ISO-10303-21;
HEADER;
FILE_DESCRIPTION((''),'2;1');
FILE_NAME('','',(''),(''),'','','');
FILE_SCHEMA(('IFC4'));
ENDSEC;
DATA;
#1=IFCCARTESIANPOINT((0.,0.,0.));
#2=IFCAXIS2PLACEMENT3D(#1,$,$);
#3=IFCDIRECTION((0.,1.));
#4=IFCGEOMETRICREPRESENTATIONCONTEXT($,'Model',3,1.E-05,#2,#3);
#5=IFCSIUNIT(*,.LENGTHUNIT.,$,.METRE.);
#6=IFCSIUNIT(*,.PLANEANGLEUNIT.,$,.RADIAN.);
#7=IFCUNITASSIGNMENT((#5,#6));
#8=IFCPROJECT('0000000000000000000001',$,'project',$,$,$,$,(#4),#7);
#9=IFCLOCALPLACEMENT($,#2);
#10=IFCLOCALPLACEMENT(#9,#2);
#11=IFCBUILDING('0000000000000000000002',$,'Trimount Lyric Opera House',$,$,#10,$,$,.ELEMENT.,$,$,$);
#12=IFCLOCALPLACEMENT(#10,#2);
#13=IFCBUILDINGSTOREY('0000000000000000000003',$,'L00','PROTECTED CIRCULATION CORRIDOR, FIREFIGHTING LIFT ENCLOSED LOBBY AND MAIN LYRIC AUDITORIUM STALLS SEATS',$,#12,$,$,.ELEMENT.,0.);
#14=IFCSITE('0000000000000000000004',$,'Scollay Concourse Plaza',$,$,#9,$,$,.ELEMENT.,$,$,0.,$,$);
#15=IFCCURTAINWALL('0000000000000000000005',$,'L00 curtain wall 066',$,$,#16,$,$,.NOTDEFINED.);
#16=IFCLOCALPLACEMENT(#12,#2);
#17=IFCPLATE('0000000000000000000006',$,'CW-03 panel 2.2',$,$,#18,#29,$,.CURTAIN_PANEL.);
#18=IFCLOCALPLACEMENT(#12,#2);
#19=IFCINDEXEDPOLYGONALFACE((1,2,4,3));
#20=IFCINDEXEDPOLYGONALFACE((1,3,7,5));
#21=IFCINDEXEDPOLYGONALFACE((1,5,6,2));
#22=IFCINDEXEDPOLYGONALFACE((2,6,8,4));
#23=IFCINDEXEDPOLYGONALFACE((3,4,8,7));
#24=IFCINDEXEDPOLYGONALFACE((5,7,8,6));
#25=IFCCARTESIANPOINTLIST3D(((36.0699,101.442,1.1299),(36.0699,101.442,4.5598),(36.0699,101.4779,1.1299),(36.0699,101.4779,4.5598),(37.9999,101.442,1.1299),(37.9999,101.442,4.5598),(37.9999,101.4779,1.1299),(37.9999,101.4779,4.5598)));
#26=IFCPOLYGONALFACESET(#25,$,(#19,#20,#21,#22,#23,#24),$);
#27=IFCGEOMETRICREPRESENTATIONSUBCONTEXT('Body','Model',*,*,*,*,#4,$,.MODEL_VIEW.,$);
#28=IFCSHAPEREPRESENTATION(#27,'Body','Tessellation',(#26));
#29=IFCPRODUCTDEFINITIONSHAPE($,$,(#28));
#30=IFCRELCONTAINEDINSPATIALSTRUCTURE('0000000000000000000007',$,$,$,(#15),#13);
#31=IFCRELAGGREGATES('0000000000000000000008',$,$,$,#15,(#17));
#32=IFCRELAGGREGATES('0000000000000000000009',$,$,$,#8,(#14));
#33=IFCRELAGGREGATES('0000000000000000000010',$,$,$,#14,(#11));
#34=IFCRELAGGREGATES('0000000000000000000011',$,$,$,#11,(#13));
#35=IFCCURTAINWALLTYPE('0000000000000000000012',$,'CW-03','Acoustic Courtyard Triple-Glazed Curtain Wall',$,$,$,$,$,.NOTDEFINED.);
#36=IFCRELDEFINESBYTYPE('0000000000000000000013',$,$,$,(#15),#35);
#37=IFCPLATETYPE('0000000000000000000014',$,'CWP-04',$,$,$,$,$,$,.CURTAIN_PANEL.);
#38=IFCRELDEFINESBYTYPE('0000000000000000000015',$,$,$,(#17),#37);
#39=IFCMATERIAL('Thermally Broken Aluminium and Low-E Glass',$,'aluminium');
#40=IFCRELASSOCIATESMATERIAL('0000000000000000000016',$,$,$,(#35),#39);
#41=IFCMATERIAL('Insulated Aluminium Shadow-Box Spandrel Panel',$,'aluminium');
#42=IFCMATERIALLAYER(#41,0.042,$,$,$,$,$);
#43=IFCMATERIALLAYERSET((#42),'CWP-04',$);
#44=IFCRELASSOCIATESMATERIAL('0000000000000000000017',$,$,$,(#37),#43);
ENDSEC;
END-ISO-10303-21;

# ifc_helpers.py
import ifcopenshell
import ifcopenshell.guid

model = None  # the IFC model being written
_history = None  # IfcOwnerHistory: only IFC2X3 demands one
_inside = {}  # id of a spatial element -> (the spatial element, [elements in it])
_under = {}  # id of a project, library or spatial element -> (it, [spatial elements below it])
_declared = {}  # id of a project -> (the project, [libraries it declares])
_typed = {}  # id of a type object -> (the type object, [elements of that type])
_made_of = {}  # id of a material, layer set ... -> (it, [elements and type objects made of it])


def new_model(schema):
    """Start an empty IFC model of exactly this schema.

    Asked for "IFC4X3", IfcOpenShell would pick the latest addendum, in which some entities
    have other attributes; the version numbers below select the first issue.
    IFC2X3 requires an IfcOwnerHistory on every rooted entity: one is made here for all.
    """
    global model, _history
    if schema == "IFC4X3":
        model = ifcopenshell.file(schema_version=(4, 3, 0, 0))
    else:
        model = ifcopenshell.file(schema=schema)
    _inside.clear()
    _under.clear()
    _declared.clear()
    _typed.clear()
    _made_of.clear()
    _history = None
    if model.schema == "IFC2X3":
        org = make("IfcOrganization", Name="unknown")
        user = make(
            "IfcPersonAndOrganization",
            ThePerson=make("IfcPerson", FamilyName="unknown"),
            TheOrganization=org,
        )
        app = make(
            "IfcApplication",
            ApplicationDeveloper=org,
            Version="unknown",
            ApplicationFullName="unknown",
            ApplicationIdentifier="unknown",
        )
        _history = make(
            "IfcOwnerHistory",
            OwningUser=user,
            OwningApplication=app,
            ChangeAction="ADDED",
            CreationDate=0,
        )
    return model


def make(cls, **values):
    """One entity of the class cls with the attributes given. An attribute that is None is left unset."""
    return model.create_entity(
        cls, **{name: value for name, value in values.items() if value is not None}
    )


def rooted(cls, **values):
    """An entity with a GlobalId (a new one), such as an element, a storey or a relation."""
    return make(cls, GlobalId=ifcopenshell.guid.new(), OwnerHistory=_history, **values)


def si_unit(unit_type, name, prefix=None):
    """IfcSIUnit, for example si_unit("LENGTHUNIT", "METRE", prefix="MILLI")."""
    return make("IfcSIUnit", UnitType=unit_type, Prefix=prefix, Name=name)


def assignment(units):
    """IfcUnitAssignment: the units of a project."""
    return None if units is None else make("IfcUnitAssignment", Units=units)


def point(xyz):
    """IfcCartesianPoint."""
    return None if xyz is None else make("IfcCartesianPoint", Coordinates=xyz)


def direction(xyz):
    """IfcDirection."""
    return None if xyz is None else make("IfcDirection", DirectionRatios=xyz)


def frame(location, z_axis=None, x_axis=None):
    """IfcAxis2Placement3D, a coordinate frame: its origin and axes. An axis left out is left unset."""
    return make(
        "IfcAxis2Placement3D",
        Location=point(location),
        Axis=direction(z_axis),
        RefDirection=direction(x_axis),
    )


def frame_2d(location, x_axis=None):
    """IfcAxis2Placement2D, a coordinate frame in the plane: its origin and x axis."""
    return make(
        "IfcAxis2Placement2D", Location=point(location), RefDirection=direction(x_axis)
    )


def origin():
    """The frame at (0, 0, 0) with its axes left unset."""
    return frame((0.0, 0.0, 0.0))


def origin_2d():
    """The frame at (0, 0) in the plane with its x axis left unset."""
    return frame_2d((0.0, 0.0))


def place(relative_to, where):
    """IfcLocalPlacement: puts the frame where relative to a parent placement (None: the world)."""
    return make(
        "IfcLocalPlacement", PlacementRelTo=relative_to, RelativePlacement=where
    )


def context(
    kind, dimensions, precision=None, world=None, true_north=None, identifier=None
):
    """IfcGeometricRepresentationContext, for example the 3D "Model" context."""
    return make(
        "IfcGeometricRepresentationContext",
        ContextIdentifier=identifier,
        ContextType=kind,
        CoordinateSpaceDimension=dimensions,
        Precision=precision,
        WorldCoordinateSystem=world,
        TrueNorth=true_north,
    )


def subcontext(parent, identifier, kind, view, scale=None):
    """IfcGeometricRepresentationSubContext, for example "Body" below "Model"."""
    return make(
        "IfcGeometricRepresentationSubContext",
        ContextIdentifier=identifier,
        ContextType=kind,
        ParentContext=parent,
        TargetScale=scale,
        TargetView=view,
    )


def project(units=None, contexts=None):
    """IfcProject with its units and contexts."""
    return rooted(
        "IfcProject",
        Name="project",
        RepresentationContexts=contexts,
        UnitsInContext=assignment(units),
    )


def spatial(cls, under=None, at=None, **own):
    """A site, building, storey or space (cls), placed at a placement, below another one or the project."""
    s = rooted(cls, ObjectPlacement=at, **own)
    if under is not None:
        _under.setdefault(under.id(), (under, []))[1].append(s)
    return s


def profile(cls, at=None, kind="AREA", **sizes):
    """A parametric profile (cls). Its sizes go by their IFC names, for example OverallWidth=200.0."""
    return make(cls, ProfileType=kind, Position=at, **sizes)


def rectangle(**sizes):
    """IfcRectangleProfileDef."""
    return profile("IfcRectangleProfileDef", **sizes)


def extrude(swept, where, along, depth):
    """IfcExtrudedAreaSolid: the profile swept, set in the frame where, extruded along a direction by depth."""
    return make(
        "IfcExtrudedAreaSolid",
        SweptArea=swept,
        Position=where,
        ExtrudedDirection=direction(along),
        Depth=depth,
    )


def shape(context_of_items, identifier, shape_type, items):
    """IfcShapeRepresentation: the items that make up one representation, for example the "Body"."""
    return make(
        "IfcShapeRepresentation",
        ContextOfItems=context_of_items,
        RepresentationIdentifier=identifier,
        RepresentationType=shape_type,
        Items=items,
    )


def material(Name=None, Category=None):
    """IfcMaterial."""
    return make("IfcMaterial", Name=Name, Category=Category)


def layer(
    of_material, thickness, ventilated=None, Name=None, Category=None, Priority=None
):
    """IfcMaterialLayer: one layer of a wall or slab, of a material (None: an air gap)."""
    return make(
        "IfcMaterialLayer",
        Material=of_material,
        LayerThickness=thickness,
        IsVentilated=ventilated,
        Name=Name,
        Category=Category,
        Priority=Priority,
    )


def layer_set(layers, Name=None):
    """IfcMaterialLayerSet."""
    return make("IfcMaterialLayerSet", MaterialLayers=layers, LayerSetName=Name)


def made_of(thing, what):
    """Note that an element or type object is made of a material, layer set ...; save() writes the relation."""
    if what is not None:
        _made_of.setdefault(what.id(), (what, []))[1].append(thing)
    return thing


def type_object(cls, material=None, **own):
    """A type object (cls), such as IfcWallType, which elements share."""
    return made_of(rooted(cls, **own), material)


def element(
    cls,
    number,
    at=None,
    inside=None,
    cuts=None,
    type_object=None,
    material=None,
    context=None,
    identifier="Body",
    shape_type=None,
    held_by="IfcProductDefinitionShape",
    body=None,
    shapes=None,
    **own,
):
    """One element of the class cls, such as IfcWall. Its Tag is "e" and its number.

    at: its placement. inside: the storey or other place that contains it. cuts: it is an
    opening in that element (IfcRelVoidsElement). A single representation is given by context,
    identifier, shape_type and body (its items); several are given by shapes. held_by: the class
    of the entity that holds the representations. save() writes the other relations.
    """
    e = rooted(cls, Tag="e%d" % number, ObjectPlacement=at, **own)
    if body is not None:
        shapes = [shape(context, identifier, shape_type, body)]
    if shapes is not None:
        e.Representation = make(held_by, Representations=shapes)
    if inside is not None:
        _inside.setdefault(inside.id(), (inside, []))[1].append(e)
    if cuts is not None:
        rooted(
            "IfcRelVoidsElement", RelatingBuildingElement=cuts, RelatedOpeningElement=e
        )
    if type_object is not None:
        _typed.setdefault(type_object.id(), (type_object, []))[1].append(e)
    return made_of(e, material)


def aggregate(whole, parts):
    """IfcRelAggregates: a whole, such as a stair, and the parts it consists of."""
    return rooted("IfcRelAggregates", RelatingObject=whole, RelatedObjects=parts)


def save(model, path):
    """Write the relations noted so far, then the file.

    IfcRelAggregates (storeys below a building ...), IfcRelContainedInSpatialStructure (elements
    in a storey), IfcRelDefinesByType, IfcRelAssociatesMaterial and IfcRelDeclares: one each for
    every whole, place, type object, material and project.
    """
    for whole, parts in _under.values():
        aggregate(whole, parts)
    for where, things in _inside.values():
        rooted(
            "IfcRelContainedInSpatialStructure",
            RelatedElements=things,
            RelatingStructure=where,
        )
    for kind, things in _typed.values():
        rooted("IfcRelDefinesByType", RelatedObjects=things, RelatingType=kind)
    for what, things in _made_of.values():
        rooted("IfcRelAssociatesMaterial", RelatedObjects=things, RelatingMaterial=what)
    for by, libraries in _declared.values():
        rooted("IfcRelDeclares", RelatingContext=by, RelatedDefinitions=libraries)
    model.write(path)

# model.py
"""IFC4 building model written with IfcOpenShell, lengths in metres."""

from ifc_helpers import new_model, si_unit, direction, frame, origin, origin_2d, place, context, subcontext, project, spatial, rectangle, extrude, material, layer, layer_set, type_object, element, aggregate, save


model = new_model("IFC4")

# Units and contexts
model_context = context("Model", 3, precision=1e-05, world=origin(), true_north=direction((0.0, 1.0)))
body_context = subcontext(model_context, "Body", "Model", "MODEL_VIEW")
ifc_project = project(units=[si_unit("LENGTHUNIT", "METRE"), si_unit("PLANEANGLEUNIT", "RADIAN")], contexts=[model_context])

# Site, building, storey
site_placement = place(None, origin())
site = spatial("IfcSite", under=ifc_project, at=site_placement, Name="Scollay Concourse Plaza", CompositionType="ELEMENT", RefElevation=0.0)
building_placement = place(site_placement, origin())
building = spatial("IfcBuilding", under=site, at=building_placement, Name="Trimount Lyric Opera House", CompositionType="ELEMENT")
storey_placement = place(building_placement, origin())
storey = spatial("IfcBuildingStorey", under=building, at=storey_placement, Name="L00", Description="PROTECTED CIRCULATION CORRIDOR, FIREFIGHTING LIFT ENCLOSED LOBBY AND MAIN LYRIC AUDITORIUM STALLS SEATS", CompositionType="ELEMENT", Elevation=0.0)

# Curtain wall
ifc_material_1 = material(Name="Thermally Broken Aluminium and Low-E Glass", Category="aluminium")
curtain_wall_type = type_object("IfcCurtainWallType", Name="CW-03", Description="Acoustic Courtyard Triple-Glazed Curtain Wall", PredefinedType="NOTDEFINED", material=ifc_material_1)
curtain_wall_1_placement = place(storey_placement, origin())
curtain_wall_1 = element("IfcCurtainWall", 1, at=curtain_wall_1_placement, inside=storey, type_object=curtain_wall_type, Name="L00 curtain wall 066", PredefinedType="NOTDEFINED")

# Plate
ifc_material_2 = material(Name="Insulated Aluminium Shadow-Box Spandrel Panel", Category="aluminium")
ifc_layer_1 = layer(ifc_material_2, 0.042)
ifc_layer_set_1 = layer_set([ifc_layer_1], Name="CWP-04")
plate_type_1 = type_object("IfcPlateType", Name="CWP-04", PredefinedType="CURTAIN_PANEL", material=ifc_layer_set_1)
plate_1_placement = place(storey_placement, frame((37.0349, 101.46, 1.1299), z_axis=(0.0, 0.0, 1.0), x_axis=(-1.0, 0.0, 0.0)))
plate_1 = element("IfcPlate", 2, at=plate_1_placement, type_object=plate_type_1, Name="CW-03 panel 2.2", PredefinedType="CURTAIN_PANEL", context=body_context, shape_type="SweptSolid", body=[
    extrude(rectangle(XDim=1.9299, YDim=0.0359, at=origin_2d()), origin(), (0.0, 0.0, 1.0), 3.4299),
])
aggregate(curtain_wall_1, [plate_1])

save(model, "model.ifc")
